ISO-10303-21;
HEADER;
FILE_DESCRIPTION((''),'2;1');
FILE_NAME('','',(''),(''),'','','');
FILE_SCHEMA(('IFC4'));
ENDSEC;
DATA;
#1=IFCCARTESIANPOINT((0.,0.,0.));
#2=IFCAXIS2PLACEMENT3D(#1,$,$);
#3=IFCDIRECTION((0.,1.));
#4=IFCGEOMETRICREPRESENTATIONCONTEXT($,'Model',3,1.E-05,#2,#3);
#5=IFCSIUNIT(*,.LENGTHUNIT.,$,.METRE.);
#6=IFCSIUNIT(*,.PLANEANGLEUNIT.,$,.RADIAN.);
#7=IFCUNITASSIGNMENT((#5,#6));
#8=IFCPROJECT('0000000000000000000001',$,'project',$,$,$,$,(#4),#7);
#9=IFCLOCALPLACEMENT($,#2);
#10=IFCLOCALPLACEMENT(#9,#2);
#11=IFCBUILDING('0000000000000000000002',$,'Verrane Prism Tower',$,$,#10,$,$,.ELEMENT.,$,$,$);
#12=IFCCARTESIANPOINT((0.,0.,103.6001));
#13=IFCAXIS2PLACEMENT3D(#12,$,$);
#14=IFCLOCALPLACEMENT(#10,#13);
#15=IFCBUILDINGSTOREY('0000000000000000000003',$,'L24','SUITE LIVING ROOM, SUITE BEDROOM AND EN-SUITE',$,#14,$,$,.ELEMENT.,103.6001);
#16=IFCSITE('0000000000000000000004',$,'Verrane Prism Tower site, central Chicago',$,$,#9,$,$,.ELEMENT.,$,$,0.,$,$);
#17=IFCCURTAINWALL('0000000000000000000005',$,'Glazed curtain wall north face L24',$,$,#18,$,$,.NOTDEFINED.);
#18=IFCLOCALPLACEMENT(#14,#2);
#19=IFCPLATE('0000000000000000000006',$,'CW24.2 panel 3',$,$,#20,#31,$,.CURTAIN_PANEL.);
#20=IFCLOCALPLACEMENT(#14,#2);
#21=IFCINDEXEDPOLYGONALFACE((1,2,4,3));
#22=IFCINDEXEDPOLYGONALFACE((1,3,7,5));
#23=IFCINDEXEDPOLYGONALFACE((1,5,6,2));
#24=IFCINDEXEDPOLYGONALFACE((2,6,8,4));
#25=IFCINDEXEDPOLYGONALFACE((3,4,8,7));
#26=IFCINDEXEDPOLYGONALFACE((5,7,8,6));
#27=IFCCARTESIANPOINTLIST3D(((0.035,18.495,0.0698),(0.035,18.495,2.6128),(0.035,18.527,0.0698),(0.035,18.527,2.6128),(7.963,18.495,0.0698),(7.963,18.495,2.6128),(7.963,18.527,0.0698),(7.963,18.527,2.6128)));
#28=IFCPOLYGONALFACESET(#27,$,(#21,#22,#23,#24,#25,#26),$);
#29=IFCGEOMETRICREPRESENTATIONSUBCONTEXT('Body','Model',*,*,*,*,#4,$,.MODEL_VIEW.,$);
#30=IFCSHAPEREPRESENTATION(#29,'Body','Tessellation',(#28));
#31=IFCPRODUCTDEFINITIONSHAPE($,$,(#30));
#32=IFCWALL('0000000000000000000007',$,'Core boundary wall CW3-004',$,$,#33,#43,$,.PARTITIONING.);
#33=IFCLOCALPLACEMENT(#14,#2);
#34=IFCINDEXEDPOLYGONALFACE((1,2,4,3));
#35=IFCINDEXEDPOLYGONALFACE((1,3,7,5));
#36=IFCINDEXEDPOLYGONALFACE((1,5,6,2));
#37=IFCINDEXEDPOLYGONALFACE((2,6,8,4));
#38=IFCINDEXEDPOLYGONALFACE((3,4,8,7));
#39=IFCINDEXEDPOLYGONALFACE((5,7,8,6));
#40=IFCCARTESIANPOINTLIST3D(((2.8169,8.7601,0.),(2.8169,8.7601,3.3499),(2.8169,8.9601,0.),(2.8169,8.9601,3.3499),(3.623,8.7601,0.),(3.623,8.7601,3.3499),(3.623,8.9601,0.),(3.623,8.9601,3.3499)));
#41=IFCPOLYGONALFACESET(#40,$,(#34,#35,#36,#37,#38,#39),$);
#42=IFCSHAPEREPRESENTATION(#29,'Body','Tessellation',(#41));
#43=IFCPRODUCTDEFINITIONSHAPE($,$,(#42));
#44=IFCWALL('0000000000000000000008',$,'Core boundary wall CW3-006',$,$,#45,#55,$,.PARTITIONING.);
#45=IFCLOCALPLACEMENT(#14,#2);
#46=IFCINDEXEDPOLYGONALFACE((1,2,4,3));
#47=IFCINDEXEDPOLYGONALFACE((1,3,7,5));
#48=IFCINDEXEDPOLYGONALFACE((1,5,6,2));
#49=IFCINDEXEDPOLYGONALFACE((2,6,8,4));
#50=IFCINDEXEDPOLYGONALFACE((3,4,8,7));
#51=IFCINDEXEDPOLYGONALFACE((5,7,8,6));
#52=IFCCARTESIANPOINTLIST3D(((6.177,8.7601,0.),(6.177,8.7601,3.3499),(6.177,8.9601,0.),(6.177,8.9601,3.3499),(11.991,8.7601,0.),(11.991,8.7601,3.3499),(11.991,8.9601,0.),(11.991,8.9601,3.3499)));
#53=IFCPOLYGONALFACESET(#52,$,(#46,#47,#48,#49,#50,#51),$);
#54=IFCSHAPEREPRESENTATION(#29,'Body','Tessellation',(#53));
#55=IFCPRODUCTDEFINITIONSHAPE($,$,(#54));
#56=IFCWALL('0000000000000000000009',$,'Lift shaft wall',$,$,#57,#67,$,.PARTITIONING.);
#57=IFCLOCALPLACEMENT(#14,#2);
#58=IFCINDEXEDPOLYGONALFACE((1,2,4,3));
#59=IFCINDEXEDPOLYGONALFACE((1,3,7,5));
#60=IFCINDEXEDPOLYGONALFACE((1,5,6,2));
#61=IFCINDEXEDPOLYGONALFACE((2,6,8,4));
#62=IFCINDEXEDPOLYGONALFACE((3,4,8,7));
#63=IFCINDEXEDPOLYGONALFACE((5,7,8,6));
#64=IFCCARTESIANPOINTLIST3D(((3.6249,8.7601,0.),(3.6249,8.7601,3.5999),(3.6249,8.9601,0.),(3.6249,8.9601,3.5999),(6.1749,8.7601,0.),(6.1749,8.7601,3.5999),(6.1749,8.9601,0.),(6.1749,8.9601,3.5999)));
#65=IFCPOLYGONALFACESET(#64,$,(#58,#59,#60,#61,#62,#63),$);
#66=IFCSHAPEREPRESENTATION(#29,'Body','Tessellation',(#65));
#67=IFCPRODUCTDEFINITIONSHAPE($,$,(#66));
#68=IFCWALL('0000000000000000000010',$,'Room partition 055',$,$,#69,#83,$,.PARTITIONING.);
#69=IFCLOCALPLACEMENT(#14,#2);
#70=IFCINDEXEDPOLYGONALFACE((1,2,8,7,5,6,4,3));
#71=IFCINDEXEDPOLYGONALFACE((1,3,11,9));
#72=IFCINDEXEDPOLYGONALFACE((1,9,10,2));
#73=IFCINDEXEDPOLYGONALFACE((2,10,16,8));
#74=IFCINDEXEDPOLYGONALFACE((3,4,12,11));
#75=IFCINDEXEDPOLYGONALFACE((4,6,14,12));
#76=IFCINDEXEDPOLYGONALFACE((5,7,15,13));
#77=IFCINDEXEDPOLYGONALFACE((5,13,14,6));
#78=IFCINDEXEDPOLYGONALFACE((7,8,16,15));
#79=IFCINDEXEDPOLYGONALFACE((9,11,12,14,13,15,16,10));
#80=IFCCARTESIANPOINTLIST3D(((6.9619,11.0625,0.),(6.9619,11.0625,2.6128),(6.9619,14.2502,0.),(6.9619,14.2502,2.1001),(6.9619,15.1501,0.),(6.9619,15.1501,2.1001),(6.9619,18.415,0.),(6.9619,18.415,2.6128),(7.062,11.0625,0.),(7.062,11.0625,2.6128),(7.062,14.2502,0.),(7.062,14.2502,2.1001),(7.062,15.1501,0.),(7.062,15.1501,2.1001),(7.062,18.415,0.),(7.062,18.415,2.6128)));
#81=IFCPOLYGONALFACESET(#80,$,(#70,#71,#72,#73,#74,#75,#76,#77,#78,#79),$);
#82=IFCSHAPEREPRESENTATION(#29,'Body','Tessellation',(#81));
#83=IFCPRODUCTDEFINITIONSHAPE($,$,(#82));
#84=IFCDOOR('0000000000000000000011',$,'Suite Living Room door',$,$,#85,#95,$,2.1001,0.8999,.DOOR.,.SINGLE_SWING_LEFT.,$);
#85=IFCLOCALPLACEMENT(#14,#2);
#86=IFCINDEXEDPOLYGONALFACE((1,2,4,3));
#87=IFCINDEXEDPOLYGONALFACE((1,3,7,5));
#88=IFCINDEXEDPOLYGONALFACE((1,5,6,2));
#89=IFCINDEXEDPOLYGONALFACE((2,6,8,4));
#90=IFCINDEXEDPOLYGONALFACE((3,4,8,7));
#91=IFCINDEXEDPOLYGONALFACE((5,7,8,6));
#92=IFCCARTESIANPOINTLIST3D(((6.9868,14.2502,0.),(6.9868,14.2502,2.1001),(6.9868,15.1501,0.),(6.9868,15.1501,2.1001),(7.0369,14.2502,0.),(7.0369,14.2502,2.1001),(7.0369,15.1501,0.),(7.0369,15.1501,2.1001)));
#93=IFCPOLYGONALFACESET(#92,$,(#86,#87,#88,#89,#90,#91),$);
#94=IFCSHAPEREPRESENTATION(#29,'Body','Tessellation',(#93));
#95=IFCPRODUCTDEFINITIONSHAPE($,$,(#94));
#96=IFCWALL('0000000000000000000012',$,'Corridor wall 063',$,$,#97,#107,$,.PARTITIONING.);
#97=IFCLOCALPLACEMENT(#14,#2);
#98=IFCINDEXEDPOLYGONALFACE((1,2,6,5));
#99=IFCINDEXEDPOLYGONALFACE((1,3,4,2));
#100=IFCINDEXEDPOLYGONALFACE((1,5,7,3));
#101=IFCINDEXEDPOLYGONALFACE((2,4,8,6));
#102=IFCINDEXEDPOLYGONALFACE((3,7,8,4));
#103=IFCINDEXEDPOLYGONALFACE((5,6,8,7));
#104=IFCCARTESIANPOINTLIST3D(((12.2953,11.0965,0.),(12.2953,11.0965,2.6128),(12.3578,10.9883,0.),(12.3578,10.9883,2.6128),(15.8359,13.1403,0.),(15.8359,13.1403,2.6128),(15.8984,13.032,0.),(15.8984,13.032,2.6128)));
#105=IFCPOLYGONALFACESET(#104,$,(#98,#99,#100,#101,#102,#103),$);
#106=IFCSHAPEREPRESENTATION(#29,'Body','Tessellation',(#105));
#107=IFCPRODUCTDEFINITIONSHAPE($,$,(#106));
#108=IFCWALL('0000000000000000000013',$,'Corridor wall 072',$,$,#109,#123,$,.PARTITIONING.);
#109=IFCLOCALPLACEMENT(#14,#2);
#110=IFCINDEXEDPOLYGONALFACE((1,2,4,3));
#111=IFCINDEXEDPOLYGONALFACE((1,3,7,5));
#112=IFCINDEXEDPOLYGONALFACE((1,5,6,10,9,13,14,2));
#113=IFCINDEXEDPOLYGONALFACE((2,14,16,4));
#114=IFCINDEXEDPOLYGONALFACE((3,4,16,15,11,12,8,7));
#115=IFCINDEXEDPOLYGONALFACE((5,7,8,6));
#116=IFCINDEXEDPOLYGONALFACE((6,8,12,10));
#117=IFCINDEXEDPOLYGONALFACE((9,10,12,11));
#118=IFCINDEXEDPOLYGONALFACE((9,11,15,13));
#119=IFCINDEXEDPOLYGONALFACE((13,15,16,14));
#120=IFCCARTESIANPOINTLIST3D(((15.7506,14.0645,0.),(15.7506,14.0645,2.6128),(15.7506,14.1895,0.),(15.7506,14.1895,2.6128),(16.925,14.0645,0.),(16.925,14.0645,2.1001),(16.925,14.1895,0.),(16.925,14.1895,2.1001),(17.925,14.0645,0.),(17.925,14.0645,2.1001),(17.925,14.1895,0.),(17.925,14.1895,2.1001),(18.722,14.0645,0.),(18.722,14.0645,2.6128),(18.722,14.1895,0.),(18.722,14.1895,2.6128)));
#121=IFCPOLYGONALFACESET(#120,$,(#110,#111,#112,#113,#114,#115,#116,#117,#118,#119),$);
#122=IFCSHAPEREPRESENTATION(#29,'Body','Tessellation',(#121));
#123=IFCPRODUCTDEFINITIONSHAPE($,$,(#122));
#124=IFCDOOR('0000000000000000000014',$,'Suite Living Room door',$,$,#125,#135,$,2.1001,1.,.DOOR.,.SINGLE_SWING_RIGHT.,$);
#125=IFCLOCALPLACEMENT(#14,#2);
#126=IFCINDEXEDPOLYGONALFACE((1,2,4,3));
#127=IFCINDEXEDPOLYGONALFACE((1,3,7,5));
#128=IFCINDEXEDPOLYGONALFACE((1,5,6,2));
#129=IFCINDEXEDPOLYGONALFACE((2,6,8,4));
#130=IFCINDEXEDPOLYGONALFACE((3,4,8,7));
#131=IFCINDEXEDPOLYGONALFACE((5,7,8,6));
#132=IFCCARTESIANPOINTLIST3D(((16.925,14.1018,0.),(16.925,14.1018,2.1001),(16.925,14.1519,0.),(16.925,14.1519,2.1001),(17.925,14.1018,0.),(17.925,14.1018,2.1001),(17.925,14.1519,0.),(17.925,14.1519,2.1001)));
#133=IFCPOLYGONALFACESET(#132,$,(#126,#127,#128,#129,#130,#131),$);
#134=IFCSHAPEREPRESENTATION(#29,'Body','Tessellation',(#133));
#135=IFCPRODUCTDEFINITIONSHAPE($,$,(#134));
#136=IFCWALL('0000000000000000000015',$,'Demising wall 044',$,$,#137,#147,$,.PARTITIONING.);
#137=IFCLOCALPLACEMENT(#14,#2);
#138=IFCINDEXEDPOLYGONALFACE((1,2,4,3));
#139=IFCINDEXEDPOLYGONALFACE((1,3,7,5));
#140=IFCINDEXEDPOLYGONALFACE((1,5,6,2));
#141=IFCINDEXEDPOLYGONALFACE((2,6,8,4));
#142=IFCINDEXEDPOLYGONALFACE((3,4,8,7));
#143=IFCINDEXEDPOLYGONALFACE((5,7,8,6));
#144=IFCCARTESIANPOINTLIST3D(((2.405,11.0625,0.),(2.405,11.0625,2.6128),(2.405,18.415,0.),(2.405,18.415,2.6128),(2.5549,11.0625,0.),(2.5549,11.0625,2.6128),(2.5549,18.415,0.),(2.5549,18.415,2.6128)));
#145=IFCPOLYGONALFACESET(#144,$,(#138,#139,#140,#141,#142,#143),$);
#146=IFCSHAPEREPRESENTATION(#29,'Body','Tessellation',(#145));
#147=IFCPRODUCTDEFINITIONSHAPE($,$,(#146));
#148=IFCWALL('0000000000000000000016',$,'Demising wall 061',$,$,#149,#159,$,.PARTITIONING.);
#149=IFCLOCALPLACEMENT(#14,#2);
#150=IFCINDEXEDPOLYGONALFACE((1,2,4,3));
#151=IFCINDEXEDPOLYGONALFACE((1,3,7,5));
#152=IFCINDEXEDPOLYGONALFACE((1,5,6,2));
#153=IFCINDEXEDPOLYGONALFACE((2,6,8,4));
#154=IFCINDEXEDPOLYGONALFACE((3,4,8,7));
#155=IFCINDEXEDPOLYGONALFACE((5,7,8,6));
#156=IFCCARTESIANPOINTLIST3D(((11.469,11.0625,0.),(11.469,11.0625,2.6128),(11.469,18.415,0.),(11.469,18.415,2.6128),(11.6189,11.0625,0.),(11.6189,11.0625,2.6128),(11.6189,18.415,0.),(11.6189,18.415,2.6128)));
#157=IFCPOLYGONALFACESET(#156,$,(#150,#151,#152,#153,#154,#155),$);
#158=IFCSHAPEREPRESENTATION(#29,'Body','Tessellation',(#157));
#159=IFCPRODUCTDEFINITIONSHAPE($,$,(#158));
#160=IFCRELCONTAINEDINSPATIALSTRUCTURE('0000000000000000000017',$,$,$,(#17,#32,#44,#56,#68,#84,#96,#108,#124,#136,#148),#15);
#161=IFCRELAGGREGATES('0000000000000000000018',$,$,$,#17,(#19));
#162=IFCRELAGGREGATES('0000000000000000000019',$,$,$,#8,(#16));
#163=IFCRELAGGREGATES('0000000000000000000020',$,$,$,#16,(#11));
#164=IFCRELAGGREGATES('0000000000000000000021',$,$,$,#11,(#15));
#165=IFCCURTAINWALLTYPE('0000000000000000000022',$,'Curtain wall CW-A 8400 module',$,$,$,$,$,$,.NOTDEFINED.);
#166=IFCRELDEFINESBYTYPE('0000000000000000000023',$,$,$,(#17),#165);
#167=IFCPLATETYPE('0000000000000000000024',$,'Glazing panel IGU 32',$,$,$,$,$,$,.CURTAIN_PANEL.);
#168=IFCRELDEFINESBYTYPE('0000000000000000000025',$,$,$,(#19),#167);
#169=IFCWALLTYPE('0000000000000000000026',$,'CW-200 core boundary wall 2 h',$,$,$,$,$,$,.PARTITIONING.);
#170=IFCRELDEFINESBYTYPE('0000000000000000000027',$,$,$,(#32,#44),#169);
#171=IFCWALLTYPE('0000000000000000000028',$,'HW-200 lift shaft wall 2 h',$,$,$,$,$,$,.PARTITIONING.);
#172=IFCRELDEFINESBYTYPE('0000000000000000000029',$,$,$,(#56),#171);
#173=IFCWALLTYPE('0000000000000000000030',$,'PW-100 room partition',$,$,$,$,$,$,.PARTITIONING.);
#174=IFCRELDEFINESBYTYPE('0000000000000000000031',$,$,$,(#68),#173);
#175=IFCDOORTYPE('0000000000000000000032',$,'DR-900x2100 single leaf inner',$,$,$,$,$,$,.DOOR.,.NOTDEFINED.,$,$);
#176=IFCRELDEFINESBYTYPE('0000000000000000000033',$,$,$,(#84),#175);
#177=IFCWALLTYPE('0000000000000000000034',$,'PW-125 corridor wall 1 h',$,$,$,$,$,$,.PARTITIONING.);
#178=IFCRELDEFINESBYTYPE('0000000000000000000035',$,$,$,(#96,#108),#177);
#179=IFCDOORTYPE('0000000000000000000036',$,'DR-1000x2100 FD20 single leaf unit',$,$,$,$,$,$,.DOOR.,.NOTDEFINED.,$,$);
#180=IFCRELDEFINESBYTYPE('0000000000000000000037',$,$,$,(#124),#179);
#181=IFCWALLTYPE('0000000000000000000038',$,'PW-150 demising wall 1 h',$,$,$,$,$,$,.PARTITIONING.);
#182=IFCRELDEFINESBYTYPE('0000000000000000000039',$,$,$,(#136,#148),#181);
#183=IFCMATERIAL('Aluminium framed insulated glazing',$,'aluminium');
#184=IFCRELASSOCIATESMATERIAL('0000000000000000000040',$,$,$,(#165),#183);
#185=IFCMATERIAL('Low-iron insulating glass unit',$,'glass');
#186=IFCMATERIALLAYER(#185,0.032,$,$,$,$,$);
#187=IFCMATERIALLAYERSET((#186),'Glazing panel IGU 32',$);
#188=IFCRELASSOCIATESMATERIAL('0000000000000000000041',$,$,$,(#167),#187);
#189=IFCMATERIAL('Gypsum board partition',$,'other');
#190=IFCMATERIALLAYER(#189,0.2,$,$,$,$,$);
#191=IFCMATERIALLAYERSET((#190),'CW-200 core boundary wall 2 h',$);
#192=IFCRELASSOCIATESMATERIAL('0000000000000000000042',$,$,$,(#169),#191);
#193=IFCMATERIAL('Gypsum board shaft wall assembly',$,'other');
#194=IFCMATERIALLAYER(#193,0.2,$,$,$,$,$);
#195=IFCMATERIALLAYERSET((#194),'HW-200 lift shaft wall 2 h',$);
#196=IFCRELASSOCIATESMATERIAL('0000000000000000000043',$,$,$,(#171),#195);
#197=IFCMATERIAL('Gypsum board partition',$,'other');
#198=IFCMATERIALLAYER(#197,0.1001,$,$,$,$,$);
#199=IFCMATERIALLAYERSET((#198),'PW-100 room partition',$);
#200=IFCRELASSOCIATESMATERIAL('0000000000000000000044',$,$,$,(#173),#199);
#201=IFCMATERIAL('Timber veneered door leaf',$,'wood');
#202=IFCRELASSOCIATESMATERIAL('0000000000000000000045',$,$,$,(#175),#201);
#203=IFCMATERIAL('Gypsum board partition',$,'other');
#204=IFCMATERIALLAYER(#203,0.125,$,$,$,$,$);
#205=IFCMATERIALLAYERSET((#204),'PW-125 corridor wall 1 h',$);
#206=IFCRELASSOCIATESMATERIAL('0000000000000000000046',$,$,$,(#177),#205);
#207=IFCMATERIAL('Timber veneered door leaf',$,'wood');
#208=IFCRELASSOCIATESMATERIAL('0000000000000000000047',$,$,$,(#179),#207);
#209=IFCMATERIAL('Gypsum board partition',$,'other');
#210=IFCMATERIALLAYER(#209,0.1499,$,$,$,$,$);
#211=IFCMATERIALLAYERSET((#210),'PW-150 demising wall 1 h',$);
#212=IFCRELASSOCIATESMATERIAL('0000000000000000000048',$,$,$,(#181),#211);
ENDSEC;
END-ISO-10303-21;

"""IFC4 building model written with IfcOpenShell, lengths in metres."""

from ifc_helpers import new_model, si_unit, direction, frame, frame_2d, origin, origin_2d, place, context, subcontext, project, spatial, rectangle, extrude, material, layer, layer_set, type_object, element, fill, aggregate, save


model = new_model("IFC4")

# Units and contexts
model_context = context("Model", 3, precision=1e-05, world=origin(), true_north=direction((0.0, 1.0)))
body_context = subcontext(model_context, "Body", "Model", "MODEL_VIEW")
ifc_project = project(units=[si_unit("LENGTHUNIT", "METRE"), si_unit("PLANEANGLEUNIT", "RADIAN")], contexts=[model_context])

# Site, building, storey
site_placement = place(None, origin())
site = spatial("IfcSite", under=ifc_project, at=site_placement, Name="Verrane Prism Tower site, central Chicago", CompositionType="ELEMENT", RefElevation=0.0)
building_placement = place(site_placement, origin())
building = spatial("IfcBuilding", under=site, at=building_placement, Name="Verrane Prism Tower", CompositionType="ELEMENT")
storey_placement = place(building_placement, frame((0.0, 0.0, 103.6001)))
storey = spatial("IfcBuildingStorey", under=building, at=storey_placement, Name="L24", Description="SUITE LIVING ROOM, SUITE BEDROOM AND EN-SUITE", CompositionType="ELEMENT", Elevation=103.6001)

# Curtain wall
ifc_material_1 = material(Name="Aluminium framed insulated glazing", Category="aluminium")
curtain_wall_type = type_object("IfcCurtainWallType", Name="Curtain wall CW-A 8400 module", PredefinedType="NOTDEFINED", material=ifc_material_1)
curtain_wall_placement = place(storey_placement, origin())
curtain_wall = element("IfcCurtainWall", 1, at=curtain_wall_placement, inside=storey, type_object=curtain_wall_type, Name="Glazed curtain wall north face L24", PredefinedType="NOTDEFINED")

# Plate
ifc_material_2 = material(Name="Low-iron insulating glass unit", Category="glass")
ifc_layer_1 = layer(ifc_material_2, 0.032)
ifc_layer_set_1 = layer_set([ifc_layer_1], Name="Glazing panel IGU 32")
plate_type = type_object("IfcPlateType", Name="Glazing panel IGU 32", PredefinedType="CURTAIN_PANEL", material=ifc_layer_set_1)
plate_1_placement = place(storey_placement, frame((3.999, 18.511, 0.0698), z_axis=(0.0, 0.0, 1.0), x_axis=(-1.0, 0.0, 0.0)))
plate_1 = element("IfcPlate", 2, at=plate_1_placement, type_object=plate_type, Name="CW24.2 panel 3", PredefinedType="CURTAIN_PANEL", context=body_context, shape_type="SweptSolid", body=[
    extrude(rectangle(XDim=7.928, YDim=0.032, at=origin_2d()), origin(), (0.0, 0.0, 1.0), 2.543),
])
aggregate(curtain_wall, [plate_1])

# Walls
ifc_material_3 = material(Name="Gypsum board partition", Category="other")
ifc_layer_2 = layer(ifc_material_3, 0.2)
ifc_layer_set_2 = layer_set([ifc_layer_2], Name="CW-200 core boundary wall 2 h")
wall_type_1 = type_object("IfcWallType", Name="CW-200 core boundary wall 2 h", PredefinedType="PARTITIONING", material=ifc_layer_set_2)
wall_1_placement = place(storey_placement, frame((2.8169, 8.8601, 0.0), z_axis=(0.0, 0.0, 1.0), x_axis=(1.0, 0.0, 0.0)))
element("IfcWall", 3, at=wall_1_placement, inside=storey, type_object=wall_type_1, Name="Core boundary wall CW3-004", PredefinedType="PARTITIONING", context=body_context, shape_type="SweptSolid", body=[
    extrude(rectangle(XDim=0.8062, YDim=0.2, at=frame_2d((0.4031, 0.0))), origin(), (0.0, 0.0, 1.0), 3.3499),
])
wall_2_placement = place(storey_placement, frame((6.177, 8.8601, 0.0), z_axis=(0.0, 0.0, 1.0), x_axis=(1.0, 0.0, 0.0)))
element("IfcWall", 4, at=wall_2_placement, inside=storey, type_object=wall_type_1, Name="Core boundary wall CW3-006", PredefinedType="PARTITIONING", context=body_context, shape_type="SweptSolid", body=[
    extrude(rectangle(XDim=5.814, YDim=0.2, at=frame_2d((2.907, 0.0))), origin(), (0.0, 0.0, 1.0), 3.3499),
])
ifc_material_4 = material(Name="Gypsum board shaft wall assembly", Category="other")
ifc_layer_3 = layer(ifc_material_4, 0.2)
ifc_layer_set_3 = layer_set([ifc_layer_3], Name="HW-200 lift shaft wall 2 h")
wall_type_2 = type_object("IfcWallType", Name="HW-200 lift shaft wall 2 h", PredefinedType="PARTITIONING", material=ifc_layer_set_3)
wall_3_placement = place(storey_placement, frame((3.625, 8.8601, 0.0), z_axis=(0.0, 0.0, 1.0), x_axis=(1.0, 0.0, 0.0)))
element("IfcWall", 5, at=wall_3_placement, inside=storey, type_object=wall_type_2, Name="Lift shaft wall", PredefinedType="PARTITIONING", context=body_context, shape_type="SweptSolid", body=[
    extrude(rectangle(XDim=2.55, YDim=0.2, at=frame_2d((1.2749, 0.0))), origin(), (0.0, 0.0, 1.0), 3.5999),
])

# Wall, opening, door
ifc_material_5 = material(Name="Gypsum board partition", Category="other")
ifc_layer_4 = layer(ifc_material_5, 0.1001)
ifc_layer_set_4 = layer_set([ifc_layer_4], Name="PW-100 room partition")
wall_type_3 = type_object("IfcWallType", Name="PW-100 room partition", PredefinedType="PARTITIONING", material=ifc_layer_set_4)
wall_4_placement = place(storey_placement, frame((7.012, 18.415, 0.0), z_axis=(0.0, 0.0, 1.0), x_axis=(0.0, -1.0, 0.0)))
wall_4 = element("IfcWall", 6, at=wall_4_placement, inside=storey, type_object=wall_type_3, Name="Room partition 055", PredefinedType="PARTITIONING", context=body_context, shape_type="SweptSolid", body=[
    extrude(rectangle(XDim=7.3525, YDim=0.1001, at=frame_2d((3.6763, 0.0))), origin(), (0.0, 0.0, 1.0), 2.6128),
])
opening_1_placement = place(wall_4_placement, frame((3.2649, 0.0, 0.0)))
opening_1 = element("IfcOpeningElement", 7, at=opening_1_placement, cuts=wall_4, PredefinedType="OPENING", context=body_context, shape_type="SweptSolid", body=[
    extrude(rectangle(XDim=0.8999, YDim=2.1001, at=frame_2d((0.45, 1.05))), frame((0.0, 0.0601, 0.0), z_axis=(0.0, -1.0, 0.0), x_axis=(1.0, 0.0, 0.0)), (0.0, 0.0, 1.0), 0.1201),
])
ifc_material_6 = material(Name="Timber veneered door leaf", Category="wood")
door_type_1 = type_object("IfcDoorType", Name="DR-900x2100 single leaf inner", OperationType="NOTDEFINED", PredefinedType="DOOR", material=ifc_material_6)
door_1_placement = place(opening_1_placement, origin())
door_1 = element("IfcDoor", 8, at=door_1_placement, inside=storey, type_object=door_type_1, Name="Suite Living Room door", OperationType="SINGLE_SWING_LEFT", OverallHeight=2.1001, OverallWidth=0.8999, PredefinedType="DOOR", context=body_context, shape_type="SweptSolid", body=[
    extrude(rectangle(XDim=0.8999, YDim=2.1001, at=frame_2d((0.45, 1.05))), frame((0.0, 0.0249, 0.0), z_axis=(0.0, -1.0, 0.0), x_axis=(1.0, 0.0, 0.0)), (0.0, 0.0, 1.0), 0.05),
])
fill(opening_1, door_1)

# Wall
ifc_material_7 = material(Name="Gypsum board partition", Category="other")
ifc_layer_5 = layer(ifc_material_7, 0.125)
ifc_layer_set_5 = layer_set([ifc_layer_5], Name="PW-125 corridor wall 1 h")
wall_type_4 = type_object("IfcWallType", Name="PW-125 corridor wall 1 h", PredefinedType="PARTITIONING", material=ifc_layer_set_5)
wall_5_placement = place(storey_placement, frame((12.3267, 11.0425, 0.0), z_axis=(0.0, 0.0, 1.0), x_axis=(0.86607, 0.499922, 0.0)))
element("IfcWall", 9, at=wall_5_placement, inside=storey, type_object=wall_type_4, Name="Corridor wall 063", PredefinedType="PARTITIONING", context=body_context, shape_type="SweptSolid", body=[
    extrude(rectangle(XDim=4.0881, YDim=0.125, at=frame_2d((2.0439, 0.0))), origin(), (0.0, 0.0, 1.0), 2.6128),
])

# Wall, opening, door
wall_6_placement = place(storey_placement, frame((15.7505, 14.127, 0.0), z_axis=(0.0, 0.0, 1.0), x_axis=(1.0, 0.0, 0.0)))
wall_6 = element("IfcWall", 10, at=wall_6_placement, inside=storey, type_object=wall_type_4, Name="Corridor wall 072", PredefinedType="PARTITIONING", context=body_context, shape_type="SweptSolid", body=[
    extrude(rectangle(XDim=2.9714, YDim=0.125, at=frame_2d((1.4858, 0.0))), origin(), (0.0, 0.0, 1.0), 2.6128),
])
opening_2_placement = place(wall_6_placement, frame((1.1746, 0.0, 0.0)))
opening_2 = element("IfcOpeningElement", 11, at=opening_2_placement, cuts=wall_6, PredefinedType="OPENING", context=body_context, shape_type="SweptSolid", body=[
    extrude(rectangle(XDim=1.0, YDim=2.1001, at=frame_2d((0.5, 1.05))), frame((0.0, 0.0725, 0.0), z_axis=(0.0, -1.0, 0.0), x_axis=(1.0, 0.0, 0.0)), (0.0, 0.0, 1.0), 0.145),
])
ifc_material_8 = material(Name="Timber veneered door leaf", Category="wood")
door_type_2 = type_object("IfcDoorType", Name="DR-1000x2100 FD20 single leaf unit", OperationType="NOTDEFINED", PredefinedType="DOOR", material=ifc_material_8)
door_2_placement = place(opening_2_placement, origin())
door_2 = element("IfcDoor", 12, at=door_2_placement, inside=storey, type_object=door_type_2, Name="Suite Living Room door", OperationType="SINGLE_SWING_RIGHT", OverallHeight=2.1001, OverallWidth=1.0, PredefinedType="DOOR", context=body_context, shape_type="SweptSolid", body=[
    extrude(rectangle(XDim=1.0, YDim=2.1001, at=frame_2d((0.5, 1.05))), frame((0.0, 0.0249, 0.0), z_axis=(0.0, -1.0, 0.0), x_axis=(1.0, 0.0, 0.0)), (0.0, 0.0, 1.0), 0.05),
])
fill(opening_2, door_2)

# Walls
ifc_material_9 = material(Name="Gypsum board partition", Category="other")
ifc_layer_6 = layer(ifc_material_9, 0.1499)
ifc_layer_set_6 = layer_set([ifc_layer_6], Name="PW-150 demising wall 1 h")
wall_type_5 = type_object("IfcWallType", Name="PW-150 demising wall 1 h", PredefinedType="PARTITIONING", material=ifc_layer_set_6)
for number, where, z_axis, x_axis, name in (
    (13, (2.48, 11.0625, 0.0), (0.0, 0.0, 1.0), (0.0, 1.0, 0.0), "Demising wall 044"),
    (14, (11.5439, 11.0625, 0.0), (0.0, 0.0, 1.0), (0.0, 1.0, 0.0), "Demising wall 061"),
):
    element("IfcWall", number, at=place(storey_placement, frame(where, z_axis=z_axis, x_axis=x_axis)), inside=storey, type_object=wall_type_5, Name=name, PredefinedType="PARTITIONING", context=body_context, shape_type="SweptSolid", body=[
        extrude(rectangle(XDim=7.3525, YDim=0.1499, at=frame_2d((3.6763, 0.0))), origin(), (0.0, 0.0, 1.0), 2.6128),
    ])

save(model, "model.ifc")
